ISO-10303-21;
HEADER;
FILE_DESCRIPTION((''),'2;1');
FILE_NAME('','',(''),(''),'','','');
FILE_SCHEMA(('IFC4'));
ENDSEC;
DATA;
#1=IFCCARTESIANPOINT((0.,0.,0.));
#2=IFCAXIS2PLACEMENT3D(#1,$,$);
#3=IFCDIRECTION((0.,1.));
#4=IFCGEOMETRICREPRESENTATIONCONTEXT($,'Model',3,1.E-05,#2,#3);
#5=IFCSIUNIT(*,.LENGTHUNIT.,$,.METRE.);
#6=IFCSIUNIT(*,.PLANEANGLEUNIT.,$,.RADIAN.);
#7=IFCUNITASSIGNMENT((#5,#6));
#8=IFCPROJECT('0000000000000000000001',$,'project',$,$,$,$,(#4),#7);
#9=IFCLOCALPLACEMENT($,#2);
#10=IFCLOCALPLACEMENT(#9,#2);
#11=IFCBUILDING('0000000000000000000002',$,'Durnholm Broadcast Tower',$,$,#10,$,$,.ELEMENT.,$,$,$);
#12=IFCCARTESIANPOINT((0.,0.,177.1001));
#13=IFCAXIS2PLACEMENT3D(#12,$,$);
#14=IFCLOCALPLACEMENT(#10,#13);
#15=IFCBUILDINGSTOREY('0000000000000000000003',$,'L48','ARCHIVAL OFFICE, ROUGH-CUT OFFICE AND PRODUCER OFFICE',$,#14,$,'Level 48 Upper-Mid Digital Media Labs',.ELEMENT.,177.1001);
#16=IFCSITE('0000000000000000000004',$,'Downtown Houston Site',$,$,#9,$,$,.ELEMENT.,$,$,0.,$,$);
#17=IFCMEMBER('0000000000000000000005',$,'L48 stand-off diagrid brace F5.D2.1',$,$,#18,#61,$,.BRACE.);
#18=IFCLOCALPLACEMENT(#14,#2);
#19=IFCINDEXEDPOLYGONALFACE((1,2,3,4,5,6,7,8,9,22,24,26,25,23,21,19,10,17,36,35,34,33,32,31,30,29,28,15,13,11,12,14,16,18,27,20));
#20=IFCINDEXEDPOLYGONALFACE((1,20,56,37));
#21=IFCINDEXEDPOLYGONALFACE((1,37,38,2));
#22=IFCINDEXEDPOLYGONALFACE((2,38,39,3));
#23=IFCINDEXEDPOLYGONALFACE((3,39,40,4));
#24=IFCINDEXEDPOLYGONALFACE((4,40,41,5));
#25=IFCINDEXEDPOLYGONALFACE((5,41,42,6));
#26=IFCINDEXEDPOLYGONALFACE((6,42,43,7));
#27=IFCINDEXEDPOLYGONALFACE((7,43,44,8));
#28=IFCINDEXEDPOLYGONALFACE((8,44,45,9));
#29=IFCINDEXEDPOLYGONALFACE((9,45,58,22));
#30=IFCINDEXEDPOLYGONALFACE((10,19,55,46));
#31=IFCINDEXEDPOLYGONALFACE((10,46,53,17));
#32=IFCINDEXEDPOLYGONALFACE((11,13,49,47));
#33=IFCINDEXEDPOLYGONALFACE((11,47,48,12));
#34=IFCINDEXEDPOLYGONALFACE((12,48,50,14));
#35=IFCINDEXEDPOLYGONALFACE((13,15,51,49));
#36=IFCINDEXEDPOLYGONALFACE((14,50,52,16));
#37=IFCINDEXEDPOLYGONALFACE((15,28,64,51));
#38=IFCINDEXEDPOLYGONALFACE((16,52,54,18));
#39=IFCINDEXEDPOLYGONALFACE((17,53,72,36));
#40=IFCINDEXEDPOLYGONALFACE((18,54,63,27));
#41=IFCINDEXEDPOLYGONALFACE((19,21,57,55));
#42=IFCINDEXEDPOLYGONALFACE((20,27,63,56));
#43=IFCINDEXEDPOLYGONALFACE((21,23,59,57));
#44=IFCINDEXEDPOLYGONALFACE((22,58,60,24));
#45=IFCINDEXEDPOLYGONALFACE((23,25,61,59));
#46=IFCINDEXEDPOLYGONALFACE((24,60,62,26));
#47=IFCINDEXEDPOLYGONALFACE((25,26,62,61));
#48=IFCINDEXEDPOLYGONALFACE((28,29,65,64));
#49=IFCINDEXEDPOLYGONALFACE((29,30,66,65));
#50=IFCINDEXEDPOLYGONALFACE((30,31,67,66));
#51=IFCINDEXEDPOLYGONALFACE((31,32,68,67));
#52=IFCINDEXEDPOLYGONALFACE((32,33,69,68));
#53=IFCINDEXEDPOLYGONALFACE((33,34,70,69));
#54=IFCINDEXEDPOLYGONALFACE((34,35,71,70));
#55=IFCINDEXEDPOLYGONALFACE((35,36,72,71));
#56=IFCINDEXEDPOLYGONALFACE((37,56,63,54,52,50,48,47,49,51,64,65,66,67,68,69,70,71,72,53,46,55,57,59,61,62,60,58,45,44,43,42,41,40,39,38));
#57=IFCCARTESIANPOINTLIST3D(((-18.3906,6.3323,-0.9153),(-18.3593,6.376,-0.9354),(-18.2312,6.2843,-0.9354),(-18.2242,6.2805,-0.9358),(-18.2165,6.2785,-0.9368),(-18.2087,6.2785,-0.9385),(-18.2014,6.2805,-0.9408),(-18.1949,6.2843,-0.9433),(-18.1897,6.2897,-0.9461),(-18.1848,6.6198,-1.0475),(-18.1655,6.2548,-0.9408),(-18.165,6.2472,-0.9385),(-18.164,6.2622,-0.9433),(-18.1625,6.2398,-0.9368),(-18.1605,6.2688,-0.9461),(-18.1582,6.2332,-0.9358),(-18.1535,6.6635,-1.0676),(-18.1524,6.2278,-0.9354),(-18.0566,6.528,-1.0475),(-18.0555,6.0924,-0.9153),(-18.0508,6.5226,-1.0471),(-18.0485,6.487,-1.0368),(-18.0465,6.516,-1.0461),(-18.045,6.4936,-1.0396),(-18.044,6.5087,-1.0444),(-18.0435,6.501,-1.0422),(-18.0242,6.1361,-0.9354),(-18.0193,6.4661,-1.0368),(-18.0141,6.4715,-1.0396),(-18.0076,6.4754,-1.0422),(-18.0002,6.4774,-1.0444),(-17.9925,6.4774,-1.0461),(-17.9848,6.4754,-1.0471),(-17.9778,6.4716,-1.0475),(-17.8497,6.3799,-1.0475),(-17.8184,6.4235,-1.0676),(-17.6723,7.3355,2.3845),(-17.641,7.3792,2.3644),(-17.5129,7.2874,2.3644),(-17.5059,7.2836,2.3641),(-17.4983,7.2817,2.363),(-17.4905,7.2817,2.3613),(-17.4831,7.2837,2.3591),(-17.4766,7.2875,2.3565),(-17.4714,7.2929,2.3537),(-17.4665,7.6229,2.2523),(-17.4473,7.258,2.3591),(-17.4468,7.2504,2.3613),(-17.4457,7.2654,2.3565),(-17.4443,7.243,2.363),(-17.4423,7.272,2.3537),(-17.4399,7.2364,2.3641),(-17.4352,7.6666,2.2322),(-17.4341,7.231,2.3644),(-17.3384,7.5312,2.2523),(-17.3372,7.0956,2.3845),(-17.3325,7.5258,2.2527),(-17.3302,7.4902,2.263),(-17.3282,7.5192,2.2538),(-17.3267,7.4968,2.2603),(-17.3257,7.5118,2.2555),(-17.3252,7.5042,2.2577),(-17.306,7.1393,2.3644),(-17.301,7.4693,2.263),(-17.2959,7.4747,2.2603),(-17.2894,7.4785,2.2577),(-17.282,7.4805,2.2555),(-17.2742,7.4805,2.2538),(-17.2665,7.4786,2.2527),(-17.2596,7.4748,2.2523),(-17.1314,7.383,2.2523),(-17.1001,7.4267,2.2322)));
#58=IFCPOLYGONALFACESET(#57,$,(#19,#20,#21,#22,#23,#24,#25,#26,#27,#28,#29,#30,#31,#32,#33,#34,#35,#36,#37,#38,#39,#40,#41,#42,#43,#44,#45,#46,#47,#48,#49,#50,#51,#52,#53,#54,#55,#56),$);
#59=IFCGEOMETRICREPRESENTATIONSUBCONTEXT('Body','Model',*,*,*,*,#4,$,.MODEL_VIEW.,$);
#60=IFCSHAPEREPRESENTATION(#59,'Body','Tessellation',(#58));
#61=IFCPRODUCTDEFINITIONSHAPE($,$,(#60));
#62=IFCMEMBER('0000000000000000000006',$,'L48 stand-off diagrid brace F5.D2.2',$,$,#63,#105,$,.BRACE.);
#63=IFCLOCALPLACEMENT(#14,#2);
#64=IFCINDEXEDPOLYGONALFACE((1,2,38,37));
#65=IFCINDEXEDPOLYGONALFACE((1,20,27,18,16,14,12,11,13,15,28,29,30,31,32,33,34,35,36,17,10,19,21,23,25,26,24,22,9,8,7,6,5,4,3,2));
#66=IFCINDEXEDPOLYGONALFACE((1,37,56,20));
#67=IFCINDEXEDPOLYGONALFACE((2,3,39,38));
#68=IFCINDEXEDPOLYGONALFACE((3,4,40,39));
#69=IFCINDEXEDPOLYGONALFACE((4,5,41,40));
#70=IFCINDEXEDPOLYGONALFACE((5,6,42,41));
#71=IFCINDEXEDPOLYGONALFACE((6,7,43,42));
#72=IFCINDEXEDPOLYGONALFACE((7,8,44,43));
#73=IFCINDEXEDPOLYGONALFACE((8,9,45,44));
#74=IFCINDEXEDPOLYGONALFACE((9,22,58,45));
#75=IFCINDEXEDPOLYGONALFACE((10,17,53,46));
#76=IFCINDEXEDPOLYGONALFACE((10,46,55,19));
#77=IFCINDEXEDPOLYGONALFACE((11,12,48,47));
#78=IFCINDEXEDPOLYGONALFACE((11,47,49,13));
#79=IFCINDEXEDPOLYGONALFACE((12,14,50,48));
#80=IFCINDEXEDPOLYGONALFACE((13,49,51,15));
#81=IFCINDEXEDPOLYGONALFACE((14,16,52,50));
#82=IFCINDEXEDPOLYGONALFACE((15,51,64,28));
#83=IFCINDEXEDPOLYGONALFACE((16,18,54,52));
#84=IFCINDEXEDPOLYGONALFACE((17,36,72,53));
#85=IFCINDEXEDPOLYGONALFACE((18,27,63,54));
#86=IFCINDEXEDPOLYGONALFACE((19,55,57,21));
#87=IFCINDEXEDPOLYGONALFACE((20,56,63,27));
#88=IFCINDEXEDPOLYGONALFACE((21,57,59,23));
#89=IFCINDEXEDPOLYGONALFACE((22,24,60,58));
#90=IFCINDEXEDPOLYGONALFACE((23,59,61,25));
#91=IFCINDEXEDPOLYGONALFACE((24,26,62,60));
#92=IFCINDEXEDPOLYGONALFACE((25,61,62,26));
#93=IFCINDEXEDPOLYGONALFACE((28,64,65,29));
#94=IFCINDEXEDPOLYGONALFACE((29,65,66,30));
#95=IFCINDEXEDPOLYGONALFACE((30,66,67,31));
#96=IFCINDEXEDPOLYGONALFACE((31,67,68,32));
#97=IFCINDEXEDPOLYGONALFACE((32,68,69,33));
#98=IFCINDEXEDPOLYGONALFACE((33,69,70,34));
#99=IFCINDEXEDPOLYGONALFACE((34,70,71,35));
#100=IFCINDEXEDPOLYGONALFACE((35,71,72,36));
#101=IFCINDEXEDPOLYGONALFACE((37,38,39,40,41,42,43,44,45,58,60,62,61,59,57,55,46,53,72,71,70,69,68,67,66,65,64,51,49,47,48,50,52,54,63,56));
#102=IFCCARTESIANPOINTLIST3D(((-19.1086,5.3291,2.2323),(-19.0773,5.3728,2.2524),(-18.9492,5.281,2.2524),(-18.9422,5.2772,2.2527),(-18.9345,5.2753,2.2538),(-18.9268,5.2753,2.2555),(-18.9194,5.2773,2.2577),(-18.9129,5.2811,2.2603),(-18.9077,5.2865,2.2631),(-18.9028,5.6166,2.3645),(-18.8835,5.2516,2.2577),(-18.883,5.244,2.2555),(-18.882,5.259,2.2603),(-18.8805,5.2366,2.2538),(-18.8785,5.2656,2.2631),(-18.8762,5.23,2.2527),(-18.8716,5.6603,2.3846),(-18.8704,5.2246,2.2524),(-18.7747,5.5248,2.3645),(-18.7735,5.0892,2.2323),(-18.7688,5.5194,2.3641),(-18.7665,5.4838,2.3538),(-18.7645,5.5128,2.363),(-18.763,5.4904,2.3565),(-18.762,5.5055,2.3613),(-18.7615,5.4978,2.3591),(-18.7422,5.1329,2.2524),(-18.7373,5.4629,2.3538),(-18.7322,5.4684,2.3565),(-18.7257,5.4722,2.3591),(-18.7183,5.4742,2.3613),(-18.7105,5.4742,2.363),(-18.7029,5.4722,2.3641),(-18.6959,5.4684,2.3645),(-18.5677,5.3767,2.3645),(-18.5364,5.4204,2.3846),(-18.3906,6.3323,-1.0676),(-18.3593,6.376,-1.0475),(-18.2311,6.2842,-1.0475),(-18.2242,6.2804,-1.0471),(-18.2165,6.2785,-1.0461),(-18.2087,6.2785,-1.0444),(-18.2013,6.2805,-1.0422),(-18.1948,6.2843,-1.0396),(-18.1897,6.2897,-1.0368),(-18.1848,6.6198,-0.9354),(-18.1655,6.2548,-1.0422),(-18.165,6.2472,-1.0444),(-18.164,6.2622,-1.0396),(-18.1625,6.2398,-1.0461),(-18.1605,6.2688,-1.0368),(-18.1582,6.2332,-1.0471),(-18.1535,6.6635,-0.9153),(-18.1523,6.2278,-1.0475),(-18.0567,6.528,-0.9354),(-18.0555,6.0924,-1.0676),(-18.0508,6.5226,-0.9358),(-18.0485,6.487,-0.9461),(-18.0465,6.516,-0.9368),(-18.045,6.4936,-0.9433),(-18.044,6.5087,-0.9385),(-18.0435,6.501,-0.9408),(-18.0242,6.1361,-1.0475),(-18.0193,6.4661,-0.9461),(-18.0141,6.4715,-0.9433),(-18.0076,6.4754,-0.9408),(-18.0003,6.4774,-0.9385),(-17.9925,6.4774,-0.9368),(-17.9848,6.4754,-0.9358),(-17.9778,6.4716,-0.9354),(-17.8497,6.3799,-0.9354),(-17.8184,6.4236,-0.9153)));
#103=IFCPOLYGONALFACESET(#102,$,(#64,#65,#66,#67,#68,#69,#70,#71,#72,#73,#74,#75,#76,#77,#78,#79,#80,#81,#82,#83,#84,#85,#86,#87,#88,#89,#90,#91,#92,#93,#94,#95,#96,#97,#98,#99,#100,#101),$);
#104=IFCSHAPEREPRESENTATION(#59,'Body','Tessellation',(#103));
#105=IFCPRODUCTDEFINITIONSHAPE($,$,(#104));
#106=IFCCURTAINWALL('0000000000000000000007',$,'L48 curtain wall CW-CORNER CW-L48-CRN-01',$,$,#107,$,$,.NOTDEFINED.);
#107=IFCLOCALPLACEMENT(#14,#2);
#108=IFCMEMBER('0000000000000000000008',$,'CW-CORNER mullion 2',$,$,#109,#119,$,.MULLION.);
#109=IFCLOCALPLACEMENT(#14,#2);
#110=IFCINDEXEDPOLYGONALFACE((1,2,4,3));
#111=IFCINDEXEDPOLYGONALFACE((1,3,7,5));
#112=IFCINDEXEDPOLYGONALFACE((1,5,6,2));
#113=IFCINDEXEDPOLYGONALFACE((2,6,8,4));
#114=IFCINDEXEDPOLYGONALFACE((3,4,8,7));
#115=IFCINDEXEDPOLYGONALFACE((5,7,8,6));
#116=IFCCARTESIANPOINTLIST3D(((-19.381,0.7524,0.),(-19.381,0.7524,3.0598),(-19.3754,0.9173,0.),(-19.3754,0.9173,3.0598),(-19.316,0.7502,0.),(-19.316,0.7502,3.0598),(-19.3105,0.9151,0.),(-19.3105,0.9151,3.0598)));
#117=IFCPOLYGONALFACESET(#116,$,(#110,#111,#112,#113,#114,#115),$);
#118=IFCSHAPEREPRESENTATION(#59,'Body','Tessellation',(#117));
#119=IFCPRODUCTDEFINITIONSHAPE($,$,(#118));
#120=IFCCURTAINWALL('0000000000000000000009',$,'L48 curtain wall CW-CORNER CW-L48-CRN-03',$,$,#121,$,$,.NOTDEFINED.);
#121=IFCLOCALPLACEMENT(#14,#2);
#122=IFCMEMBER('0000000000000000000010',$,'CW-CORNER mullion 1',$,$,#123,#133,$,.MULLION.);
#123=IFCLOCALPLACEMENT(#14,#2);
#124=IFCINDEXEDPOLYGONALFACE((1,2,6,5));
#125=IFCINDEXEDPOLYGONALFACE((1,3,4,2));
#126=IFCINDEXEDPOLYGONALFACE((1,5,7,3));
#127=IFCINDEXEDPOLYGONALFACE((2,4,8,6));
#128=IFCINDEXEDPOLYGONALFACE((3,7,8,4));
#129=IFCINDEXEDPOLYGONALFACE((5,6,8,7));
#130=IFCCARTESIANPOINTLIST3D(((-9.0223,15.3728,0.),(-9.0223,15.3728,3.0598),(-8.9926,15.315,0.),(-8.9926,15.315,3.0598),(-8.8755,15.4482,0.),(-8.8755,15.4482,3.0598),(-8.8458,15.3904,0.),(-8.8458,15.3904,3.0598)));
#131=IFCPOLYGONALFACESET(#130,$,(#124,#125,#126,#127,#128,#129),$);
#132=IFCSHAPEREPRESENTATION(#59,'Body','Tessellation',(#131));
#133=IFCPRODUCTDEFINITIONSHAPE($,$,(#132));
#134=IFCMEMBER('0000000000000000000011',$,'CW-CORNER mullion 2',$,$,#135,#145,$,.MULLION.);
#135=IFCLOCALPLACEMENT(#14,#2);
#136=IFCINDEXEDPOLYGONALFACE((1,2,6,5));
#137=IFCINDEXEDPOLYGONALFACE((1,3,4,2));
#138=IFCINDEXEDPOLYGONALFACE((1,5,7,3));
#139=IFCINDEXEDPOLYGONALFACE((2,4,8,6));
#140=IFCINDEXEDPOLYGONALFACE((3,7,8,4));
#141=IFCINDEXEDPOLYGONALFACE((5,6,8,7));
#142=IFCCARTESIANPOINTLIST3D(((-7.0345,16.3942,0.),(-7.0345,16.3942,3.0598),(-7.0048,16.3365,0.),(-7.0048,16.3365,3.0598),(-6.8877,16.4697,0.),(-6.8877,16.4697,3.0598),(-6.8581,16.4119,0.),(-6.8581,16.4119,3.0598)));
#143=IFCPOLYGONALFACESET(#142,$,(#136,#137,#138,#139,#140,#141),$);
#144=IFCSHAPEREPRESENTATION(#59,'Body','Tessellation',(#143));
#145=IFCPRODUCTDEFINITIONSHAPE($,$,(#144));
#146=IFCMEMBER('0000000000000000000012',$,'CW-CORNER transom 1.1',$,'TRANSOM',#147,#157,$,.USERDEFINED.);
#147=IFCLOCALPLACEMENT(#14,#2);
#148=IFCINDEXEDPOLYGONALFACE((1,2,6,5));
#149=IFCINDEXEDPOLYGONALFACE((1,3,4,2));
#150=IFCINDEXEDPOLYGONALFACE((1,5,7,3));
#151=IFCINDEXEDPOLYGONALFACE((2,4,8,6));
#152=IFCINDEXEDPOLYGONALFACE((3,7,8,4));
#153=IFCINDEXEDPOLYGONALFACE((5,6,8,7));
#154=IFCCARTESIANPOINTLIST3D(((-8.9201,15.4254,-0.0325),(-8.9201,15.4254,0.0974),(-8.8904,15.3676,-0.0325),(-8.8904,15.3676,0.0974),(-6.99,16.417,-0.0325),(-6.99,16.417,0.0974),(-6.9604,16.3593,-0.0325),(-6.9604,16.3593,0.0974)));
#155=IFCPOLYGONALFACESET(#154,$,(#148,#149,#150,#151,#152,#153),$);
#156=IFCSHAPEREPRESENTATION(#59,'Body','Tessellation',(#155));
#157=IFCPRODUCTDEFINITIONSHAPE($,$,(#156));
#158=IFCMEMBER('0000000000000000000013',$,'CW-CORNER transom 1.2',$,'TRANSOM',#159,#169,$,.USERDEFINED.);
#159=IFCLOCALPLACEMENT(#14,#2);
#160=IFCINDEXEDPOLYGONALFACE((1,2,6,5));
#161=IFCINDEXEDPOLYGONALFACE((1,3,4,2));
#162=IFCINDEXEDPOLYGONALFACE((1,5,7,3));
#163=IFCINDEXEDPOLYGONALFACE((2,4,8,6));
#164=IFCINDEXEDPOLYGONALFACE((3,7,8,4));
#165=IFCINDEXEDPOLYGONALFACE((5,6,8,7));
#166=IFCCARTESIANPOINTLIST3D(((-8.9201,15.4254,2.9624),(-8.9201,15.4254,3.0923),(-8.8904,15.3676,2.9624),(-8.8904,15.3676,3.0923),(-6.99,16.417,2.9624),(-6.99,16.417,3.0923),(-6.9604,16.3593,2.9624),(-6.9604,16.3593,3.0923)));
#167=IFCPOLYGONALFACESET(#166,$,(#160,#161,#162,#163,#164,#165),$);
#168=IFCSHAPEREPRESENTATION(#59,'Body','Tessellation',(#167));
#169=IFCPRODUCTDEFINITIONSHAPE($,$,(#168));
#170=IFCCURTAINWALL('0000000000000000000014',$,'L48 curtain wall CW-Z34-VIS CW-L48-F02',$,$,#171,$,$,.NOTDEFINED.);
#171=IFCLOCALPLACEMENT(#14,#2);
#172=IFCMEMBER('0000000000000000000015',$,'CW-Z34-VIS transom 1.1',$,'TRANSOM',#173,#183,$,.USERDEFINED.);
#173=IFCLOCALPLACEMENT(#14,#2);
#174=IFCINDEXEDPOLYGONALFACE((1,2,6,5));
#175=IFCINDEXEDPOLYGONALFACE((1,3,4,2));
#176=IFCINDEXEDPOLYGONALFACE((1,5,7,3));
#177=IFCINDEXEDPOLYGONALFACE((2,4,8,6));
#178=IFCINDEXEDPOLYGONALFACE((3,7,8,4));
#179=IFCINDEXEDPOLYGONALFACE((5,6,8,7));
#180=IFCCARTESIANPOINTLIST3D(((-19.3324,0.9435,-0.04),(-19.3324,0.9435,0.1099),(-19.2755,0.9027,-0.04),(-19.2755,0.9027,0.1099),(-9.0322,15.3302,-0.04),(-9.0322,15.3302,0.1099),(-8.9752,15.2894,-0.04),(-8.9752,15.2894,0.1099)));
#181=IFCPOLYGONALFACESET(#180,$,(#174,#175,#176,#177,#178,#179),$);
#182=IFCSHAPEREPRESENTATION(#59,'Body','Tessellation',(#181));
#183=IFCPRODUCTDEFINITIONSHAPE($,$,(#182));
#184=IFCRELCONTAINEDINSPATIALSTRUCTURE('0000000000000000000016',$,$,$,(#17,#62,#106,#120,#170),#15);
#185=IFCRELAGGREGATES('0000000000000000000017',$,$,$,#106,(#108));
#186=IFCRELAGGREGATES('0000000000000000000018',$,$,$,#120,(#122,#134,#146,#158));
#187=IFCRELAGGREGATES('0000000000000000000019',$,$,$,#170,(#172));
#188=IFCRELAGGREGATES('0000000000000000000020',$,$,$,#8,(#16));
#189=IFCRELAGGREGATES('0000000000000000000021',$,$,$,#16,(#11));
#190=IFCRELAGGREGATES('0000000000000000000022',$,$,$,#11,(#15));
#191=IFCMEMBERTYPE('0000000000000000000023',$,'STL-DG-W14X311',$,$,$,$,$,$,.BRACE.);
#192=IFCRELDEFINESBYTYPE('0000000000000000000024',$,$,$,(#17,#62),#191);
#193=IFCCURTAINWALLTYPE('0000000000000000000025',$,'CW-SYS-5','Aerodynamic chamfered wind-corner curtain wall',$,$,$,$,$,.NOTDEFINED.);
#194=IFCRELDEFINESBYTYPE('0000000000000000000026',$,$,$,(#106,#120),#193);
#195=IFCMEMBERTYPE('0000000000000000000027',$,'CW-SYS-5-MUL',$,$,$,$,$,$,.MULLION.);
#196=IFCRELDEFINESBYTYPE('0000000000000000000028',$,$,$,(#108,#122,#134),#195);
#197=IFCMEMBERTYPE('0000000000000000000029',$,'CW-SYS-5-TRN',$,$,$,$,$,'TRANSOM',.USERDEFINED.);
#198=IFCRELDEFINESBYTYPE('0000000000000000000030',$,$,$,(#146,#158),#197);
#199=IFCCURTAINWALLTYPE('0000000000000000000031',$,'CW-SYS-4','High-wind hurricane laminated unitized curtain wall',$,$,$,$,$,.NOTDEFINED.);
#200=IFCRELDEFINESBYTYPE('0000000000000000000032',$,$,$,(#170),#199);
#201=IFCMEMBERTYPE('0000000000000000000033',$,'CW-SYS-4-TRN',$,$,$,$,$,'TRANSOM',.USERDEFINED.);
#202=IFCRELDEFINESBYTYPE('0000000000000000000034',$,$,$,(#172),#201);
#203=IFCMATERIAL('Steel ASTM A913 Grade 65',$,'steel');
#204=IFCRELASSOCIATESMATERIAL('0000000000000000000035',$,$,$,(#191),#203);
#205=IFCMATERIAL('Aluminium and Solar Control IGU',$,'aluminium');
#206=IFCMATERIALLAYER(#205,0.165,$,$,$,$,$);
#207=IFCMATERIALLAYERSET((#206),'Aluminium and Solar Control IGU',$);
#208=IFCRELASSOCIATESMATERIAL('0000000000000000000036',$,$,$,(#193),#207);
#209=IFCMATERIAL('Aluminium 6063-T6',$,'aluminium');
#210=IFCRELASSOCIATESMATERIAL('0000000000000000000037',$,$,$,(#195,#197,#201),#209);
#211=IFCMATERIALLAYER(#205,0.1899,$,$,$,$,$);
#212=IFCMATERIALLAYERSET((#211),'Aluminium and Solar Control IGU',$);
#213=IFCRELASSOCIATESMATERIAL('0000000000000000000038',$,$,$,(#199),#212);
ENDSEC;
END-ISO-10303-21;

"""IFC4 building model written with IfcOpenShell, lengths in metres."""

from ifc_helpers import new_model, si_unit, direction, frame, origin, origin_2d, place, context, subcontext, project, spatial, rectangle, i_section, extrude, source, transform, mapped, material, layer, layer_set, material_profile, profile_set, type_object, type_shapes, element, aggregate, save


model = new_model("IFC4")

# Units and contexts
model_context = context("Model", 3, precision=1e-05, world=origin(), true_north=direction((0.0, 1.0)))
body_context = subcontext(model_context, "Body", "Model", "MODEL_VIEW")
ifc_project = project(units=[si_unit("LENGTHUNIT", "METRE"), si_unit("PLANEANGLEUNIT", "RADIAN")], contexts=[model_context])

# Site, building, storey
site_placement = place(None, origin())
site = spatial("IfcSite", under=ifc_project, at=site_placement, Name="Downtown Houston Site", CompositionType="ELEMENT", RefElevation=0.0)
building_placement = place(site_placement, origin())
building = spatial("IfcBuilding", under=site, at=building_placement, Name="Durnholm Broadcast Tower", CompositionType="ELEMENT")
storey_placement = place(building_placement, frame((0.0, 0.0, 177.1001)))
storey = spatial("IfcBuildingStorey", under=building, at=storey_placement, Name="L48", Description="ARCHIVAL OFFICE, ROUGH-CUT OFFICE AND PRODUCER OFFICE", LongName="Level 48 Upper-Mid Digital Media Labs", CompositionType="ELEMENT", Elevation=177.1001)

# Members
ifc_material_1 = material(Name="Steel ASTM A913 Grade 65", Category="steel")
ifc_material_profile_1 = material_profile(ifc_material_1, i_section(OverallWidth=0.4121, OverallDepth=0.4348, WebThickness=0.0359, FlangeThickness=0.0574, FilletRadius=0.0305, at=origin_2d()), Name="W14X311")
ifc_profile_set_1 = profile_set([ifc_material_profile_1], Name="Steel ASTM A913 Grade 65")
member_type_1 = type_object("IfcMemberType", Name="STL-DG-W14X311", PredefinedType="BRACE", material=ifc_profile_set_1)
shared_shape_1 = source(origin(), body_context, "Body", "SweptSolid", [
    extrude(i_section(OverallWidth=0.4121, OverallDepth=0.4348, WebThickness=0.0359, FlangeThickness=0.0574, FilletRadius=0.0305, at=origin_2d()), origin(), (0.0, 0.0, 1.0), 3.5229),
])
type_shapes(member_type_1, [shared_shape_1])
for number, where, z_axis, x_axis, name in (
    (1, (-18.1045, 6.3779, -0.9915), (0.203882, 0.284756, 0.936667), (-0.813078, 0.582155, 0.0), "L48 stand-off diagrid brace F5.D2.1"),
    (2, (-18.1045, 6.3779, -0.9915), (-0.203816, -0.28476, 0.936681), (0.813171, -0.582024, 0.0), "L48 stand-off diagrid brace F5.D2.2"),
):
    element("IfcMember", number, at=place(storey_placement, frame(where, z_axis=z_axis, x_axis=x_axis)), inside=storey, type_object=member_type_1, Name=name, PredefinedType="BRACE", context=body_context, shape_type="MappedRepresentation", body=[
        mapped(shared_shape_1, transform((0.0, 0.0, 0.0), x_axis=(1.0, 0.0, 0.0), y_axis=(0.0, 1.0, 0.0), z_axis=(0.0, 0.0, 1.0), scale=1.0)),
    ])

# Curtain wall, member
ifc_material_2 = material(Name="Aluminium and Solar Control IGU", Category="aluminium")
ifc_layer_1 = layer(ifc_material_2, 0.165)
ifc_layer_set_1 = layer_set([ifc_layer_1], Name="Aluminium and Solar Control IGU")
curtain_wall_type_1 = type_object("IfcCurtainWallType", Name="CW-SYS-5", Description="Aerodynamic chamfered wind-corner curtain wall", PredefinedType="NOTDEFINED", material=ifc_layer_set_1)
curtain_wall_1_placement = place(storey_placement, origin())
curtain_wall_1 = element("IfcCurtainWall", 3, at=curtain_wall_1_placement, inside=storey, type_object=curtain_wall_type_1, Name="L48 curtain wall CW-CORNER CW-L48-CRN-01", PredefinedType="NOTDEFINED")
ifc_material_3 = material(Name="Aluminium 6063-T6", Category="aluminium")
ifc_material_profile_2 = material_profile(ifc_material_3, rectangle(XDim=0.0649, YDim=0.165, at=origin_2d()), Name="CWM65X165")
ifc_profile_set_2 = profile_set([ifc_material_profile_2], Name="Aluminium 6063-T6")
member_type_2 = type_object("IfcMemberType", Name="CW-SYS-5-MUL", PredefinedType="MULLION", material=ifc_profile_set_2)
shared_shape_2 = source(origin(), body_context, "Body", "SweptSolid", [
    extrude(rectangle(XDim=0.0649, YDim=0.165, at=origin_2d()), origin(), (0.0, 0.0, 1.0), 3.0598),
])
type_shapes(member_type_2, [shared_shape_2])
member_1_placement = place(storey_placement, frame((-19.3457, 0.8337, 0.0), z_axis=(0.0, 0.0, 1.0), x_axis=(-0.999425, 0.033913, 0.0)))
member_1 = element("IfcMember", 4, at=member_1_placement, type_object=member_type_2, Name="CW-CORNER mullion 2", PredefinedType="MULLION", context=body_context, shape_type="MappedRepresentation", body=[
    mapped(shared_shape_2, transform((0.0, 0.0, 0.0), x_axis=(1.0, 0.0, 0.0), y_axis=(0.0, 1.0, 0.0), z_axis=(0.0, 0.0, 1.0), scale=1.0)),
])
aggregate(curtain_wall_1, [member_1])

# Curtain walls, members
curtain_wall_2_placement = place(storey_placement, origin())
curtain_wall_2 = element("IfcCurtainWall", 5, at=curtain_wall_2_placement, inside=storey, type_object=curtain_wall_type_1, Name="L48 curtain wall CW-CORNER CW-L48-CRN-03", PredefinedType="NOTDEFINED")
member_2_placement = place(storey_placement, frame((-8.9341, 15.3816, 0.0), z_axis=(0.0, 0.0, 1.0), x_axis=(-0.457082, 0.889425, 0.0)))
member_2 = element("IfcMember", 6, at=member_2_placement, type_object=member_type_2, Name="CW-CORNER mullion 1", PredefinedType="MULLION", context=body_context, shape_type="MappedRepresentation", body=[
    mapped(shared_shape_2, transform((0.0, 0.0, 0.0), x_axis=(1.0, 0.0, 0.0), y_axis=(0.0, 1.0, 0.0), z_axis=(0.0, 0.0, 1.0), scale=1.0)),
])
member_3_placement = place(storey_placement, frame((-6.9463, 16.4031, 0.0), z_axis=(0.0, 0.0, 1.0), x_axis=(-0.457082, 0.889425, 0.0)))
member_3 = element("IfcMember", 7, at=member_3_placement, type_object=member_type_2, Name="CW-CORNER mullion 2", PredefinedType="MULLION", context=body_context, shape_type="MappedRepresentation", body=[
    mapped(shared_shape_2, transform((0.0, 0.0, 0.0), x_axis=(1.0, 0.0, 0.0), y_axis=(0.0, 1.0, 0.0), z_axis=(0.0, 0.0, 1.0), scale=1.0)),
])
ifc_material_profile_3 = material_profile(ifc_material_3, rectangle(XDim=0.0649, YDim=0.1299, at=origin_2d()), Name="CWT65X130")
ifc_profile_set_3 = profile_set([ifc_material_profile_3], Name="Aluminium 6063-T6")
member_type_3 = type_object("IfcMemberType", Name="CW-SYS-5-TRN", ElementType="TRANSOM", PredefinedType="USERDEFINED", material=ifc_profile_set_3)
shared_shape_3 = source(origin(), body_context, "Body", "SweptSolid", [
    extrude(rectangle(XDim=0.0649, YDim=0.1299, at=origin_2d()), origin(), (0.0, 0.0, 1.0), 2.1699),
])
type_shapes(member_type_3, [shared_shape_3])
member_4_placement = place(storey_placement, frame((-8.9053, 15.3965, 0.0325), z_axis=(0.889468, 0.456997, 0.0), x_axis=(-0.456997, 0.889468, 0.0)))
member_4 = element("IfcMember", 8, at=member_4_placement, type_object=member_type_3, Name="CW-CORNER transom 1.1", ObjectType="TRANSOM", PredefinedType="USERDEFINED", context=body_context, shape_type="MappedRepresentation", body=[
    mapped(shared_shape_3, transform((0.0, 0.0, 0.0), x_axis=(1.0, 0.0, 0.0), y_axis=(0.0, 1.0, 0.0), z_axis=(0.0, 0.0, 1.0), scale=1.0)),
])
member_5_placement = place(storey_placement, frame((-8.9053, 15.3965, 3.0273), z_axis=(0.889468, 0.456997, 0.0), x_axis=(-0.456997, 0.889468, 0.0)))
member_5 = element("IfcMember", 9, at=member_5_placement, type_object=member_type_3, Name="CW-CORNER transom 1.2", ObjectType="TRANSOM", PredefinedType="USERDEFINED", context=body_context, shape_type="MappedRepresentation", body=[
    mapped(shared_shape_3, transform((0.0, 0.0, 0.0), x_axis=(1.0, 0.0, 0.0), y_axis=(0.0, 1.0, 0.0), z_axis=(0.0, 0.0, 1.0), scale=1.0)),
])
ifc_layer_2 = layer(ifc_material_2, 0.1899)
ifc_layer_set_2 = layer_set([ifc_layer_2], Name="Aluminium and Solar Control IGU")
curtain_wall_type_2 = type_object("IfcCurtainWallType", Name="CW-SYS-4", Description="High-wind hurricane laminated unitized curtain wall", PredefinedType="NOTDEFINED", material=ifc_layer_set_2)
curtain_wall_3_placement = place(storey_placement, origin())
curtain_wall_3 = element("IfcCurtainWall", 10, at=curtain_wall_3_placement, inside=storey, type_object=curtain_wall_type_2, Name="L48 curtain wall CW-Z34-VIS CW-L48-F02", PredefinedType="NOTDEFINED")
ifc_material_profile_4 = material_profile(ifc_material_3, rectangle(XDim=0.0701, YDim=0.1499, at=origin_2d()), Name="CWT70X150")
ifc_profile_set_4 = profile_set([ifc_material_profile_4], Name="Aluminium 6063-T6")
member_type_4 = type_object("IfcMemberType", Name="CW-SYS-4-TRN", ElementType="TRANSOM", PredefinedType="USERDEFINED", material=ifc_profile_set_4)
shared_shape_4 = source(origin(), body_context, "Body", "SweptSolid", [
    extrude(rectangle(XDim=0.0701, YDim=0.1499, at=origin_2d()), origin(), (0.0, 0.0, 1.0), 17.6938),
])
type_shapes(member_type_4, [shared_shape_4])
member_6_placement = place(storey_placement, frame((-19.304, 0.9231, 0.0349), z_axis=(0.582138, 0.81309, 0.0), x_axis=(-0.81309, 0.582138, 0.0)))
member_6 = element("IfcMember", 11, at=member_6_placement, type_object=member_type_4, Name="CW-Z34-VIS transom 1.1", ObjectType="TRANSOM", PredefinedType="USERDEFINED", context=body_context, shape_type="MappedRepresentation", body=[
    mapped(shared_shape_4, transform((0.0, 0.0, 0.0), x_axis=(1.0, 0.0, 0.0), y_axis=(0.0, 1.0, 0.0), z_axis=(0.0, 0.0, 1.0), scale=1.0)),
])

aggregate(curtain_wall_2, [member_2, member_3, member_4, member_5])
aggregate(curtain_wall_3, [member_6])

save(model, "model.ifc")
